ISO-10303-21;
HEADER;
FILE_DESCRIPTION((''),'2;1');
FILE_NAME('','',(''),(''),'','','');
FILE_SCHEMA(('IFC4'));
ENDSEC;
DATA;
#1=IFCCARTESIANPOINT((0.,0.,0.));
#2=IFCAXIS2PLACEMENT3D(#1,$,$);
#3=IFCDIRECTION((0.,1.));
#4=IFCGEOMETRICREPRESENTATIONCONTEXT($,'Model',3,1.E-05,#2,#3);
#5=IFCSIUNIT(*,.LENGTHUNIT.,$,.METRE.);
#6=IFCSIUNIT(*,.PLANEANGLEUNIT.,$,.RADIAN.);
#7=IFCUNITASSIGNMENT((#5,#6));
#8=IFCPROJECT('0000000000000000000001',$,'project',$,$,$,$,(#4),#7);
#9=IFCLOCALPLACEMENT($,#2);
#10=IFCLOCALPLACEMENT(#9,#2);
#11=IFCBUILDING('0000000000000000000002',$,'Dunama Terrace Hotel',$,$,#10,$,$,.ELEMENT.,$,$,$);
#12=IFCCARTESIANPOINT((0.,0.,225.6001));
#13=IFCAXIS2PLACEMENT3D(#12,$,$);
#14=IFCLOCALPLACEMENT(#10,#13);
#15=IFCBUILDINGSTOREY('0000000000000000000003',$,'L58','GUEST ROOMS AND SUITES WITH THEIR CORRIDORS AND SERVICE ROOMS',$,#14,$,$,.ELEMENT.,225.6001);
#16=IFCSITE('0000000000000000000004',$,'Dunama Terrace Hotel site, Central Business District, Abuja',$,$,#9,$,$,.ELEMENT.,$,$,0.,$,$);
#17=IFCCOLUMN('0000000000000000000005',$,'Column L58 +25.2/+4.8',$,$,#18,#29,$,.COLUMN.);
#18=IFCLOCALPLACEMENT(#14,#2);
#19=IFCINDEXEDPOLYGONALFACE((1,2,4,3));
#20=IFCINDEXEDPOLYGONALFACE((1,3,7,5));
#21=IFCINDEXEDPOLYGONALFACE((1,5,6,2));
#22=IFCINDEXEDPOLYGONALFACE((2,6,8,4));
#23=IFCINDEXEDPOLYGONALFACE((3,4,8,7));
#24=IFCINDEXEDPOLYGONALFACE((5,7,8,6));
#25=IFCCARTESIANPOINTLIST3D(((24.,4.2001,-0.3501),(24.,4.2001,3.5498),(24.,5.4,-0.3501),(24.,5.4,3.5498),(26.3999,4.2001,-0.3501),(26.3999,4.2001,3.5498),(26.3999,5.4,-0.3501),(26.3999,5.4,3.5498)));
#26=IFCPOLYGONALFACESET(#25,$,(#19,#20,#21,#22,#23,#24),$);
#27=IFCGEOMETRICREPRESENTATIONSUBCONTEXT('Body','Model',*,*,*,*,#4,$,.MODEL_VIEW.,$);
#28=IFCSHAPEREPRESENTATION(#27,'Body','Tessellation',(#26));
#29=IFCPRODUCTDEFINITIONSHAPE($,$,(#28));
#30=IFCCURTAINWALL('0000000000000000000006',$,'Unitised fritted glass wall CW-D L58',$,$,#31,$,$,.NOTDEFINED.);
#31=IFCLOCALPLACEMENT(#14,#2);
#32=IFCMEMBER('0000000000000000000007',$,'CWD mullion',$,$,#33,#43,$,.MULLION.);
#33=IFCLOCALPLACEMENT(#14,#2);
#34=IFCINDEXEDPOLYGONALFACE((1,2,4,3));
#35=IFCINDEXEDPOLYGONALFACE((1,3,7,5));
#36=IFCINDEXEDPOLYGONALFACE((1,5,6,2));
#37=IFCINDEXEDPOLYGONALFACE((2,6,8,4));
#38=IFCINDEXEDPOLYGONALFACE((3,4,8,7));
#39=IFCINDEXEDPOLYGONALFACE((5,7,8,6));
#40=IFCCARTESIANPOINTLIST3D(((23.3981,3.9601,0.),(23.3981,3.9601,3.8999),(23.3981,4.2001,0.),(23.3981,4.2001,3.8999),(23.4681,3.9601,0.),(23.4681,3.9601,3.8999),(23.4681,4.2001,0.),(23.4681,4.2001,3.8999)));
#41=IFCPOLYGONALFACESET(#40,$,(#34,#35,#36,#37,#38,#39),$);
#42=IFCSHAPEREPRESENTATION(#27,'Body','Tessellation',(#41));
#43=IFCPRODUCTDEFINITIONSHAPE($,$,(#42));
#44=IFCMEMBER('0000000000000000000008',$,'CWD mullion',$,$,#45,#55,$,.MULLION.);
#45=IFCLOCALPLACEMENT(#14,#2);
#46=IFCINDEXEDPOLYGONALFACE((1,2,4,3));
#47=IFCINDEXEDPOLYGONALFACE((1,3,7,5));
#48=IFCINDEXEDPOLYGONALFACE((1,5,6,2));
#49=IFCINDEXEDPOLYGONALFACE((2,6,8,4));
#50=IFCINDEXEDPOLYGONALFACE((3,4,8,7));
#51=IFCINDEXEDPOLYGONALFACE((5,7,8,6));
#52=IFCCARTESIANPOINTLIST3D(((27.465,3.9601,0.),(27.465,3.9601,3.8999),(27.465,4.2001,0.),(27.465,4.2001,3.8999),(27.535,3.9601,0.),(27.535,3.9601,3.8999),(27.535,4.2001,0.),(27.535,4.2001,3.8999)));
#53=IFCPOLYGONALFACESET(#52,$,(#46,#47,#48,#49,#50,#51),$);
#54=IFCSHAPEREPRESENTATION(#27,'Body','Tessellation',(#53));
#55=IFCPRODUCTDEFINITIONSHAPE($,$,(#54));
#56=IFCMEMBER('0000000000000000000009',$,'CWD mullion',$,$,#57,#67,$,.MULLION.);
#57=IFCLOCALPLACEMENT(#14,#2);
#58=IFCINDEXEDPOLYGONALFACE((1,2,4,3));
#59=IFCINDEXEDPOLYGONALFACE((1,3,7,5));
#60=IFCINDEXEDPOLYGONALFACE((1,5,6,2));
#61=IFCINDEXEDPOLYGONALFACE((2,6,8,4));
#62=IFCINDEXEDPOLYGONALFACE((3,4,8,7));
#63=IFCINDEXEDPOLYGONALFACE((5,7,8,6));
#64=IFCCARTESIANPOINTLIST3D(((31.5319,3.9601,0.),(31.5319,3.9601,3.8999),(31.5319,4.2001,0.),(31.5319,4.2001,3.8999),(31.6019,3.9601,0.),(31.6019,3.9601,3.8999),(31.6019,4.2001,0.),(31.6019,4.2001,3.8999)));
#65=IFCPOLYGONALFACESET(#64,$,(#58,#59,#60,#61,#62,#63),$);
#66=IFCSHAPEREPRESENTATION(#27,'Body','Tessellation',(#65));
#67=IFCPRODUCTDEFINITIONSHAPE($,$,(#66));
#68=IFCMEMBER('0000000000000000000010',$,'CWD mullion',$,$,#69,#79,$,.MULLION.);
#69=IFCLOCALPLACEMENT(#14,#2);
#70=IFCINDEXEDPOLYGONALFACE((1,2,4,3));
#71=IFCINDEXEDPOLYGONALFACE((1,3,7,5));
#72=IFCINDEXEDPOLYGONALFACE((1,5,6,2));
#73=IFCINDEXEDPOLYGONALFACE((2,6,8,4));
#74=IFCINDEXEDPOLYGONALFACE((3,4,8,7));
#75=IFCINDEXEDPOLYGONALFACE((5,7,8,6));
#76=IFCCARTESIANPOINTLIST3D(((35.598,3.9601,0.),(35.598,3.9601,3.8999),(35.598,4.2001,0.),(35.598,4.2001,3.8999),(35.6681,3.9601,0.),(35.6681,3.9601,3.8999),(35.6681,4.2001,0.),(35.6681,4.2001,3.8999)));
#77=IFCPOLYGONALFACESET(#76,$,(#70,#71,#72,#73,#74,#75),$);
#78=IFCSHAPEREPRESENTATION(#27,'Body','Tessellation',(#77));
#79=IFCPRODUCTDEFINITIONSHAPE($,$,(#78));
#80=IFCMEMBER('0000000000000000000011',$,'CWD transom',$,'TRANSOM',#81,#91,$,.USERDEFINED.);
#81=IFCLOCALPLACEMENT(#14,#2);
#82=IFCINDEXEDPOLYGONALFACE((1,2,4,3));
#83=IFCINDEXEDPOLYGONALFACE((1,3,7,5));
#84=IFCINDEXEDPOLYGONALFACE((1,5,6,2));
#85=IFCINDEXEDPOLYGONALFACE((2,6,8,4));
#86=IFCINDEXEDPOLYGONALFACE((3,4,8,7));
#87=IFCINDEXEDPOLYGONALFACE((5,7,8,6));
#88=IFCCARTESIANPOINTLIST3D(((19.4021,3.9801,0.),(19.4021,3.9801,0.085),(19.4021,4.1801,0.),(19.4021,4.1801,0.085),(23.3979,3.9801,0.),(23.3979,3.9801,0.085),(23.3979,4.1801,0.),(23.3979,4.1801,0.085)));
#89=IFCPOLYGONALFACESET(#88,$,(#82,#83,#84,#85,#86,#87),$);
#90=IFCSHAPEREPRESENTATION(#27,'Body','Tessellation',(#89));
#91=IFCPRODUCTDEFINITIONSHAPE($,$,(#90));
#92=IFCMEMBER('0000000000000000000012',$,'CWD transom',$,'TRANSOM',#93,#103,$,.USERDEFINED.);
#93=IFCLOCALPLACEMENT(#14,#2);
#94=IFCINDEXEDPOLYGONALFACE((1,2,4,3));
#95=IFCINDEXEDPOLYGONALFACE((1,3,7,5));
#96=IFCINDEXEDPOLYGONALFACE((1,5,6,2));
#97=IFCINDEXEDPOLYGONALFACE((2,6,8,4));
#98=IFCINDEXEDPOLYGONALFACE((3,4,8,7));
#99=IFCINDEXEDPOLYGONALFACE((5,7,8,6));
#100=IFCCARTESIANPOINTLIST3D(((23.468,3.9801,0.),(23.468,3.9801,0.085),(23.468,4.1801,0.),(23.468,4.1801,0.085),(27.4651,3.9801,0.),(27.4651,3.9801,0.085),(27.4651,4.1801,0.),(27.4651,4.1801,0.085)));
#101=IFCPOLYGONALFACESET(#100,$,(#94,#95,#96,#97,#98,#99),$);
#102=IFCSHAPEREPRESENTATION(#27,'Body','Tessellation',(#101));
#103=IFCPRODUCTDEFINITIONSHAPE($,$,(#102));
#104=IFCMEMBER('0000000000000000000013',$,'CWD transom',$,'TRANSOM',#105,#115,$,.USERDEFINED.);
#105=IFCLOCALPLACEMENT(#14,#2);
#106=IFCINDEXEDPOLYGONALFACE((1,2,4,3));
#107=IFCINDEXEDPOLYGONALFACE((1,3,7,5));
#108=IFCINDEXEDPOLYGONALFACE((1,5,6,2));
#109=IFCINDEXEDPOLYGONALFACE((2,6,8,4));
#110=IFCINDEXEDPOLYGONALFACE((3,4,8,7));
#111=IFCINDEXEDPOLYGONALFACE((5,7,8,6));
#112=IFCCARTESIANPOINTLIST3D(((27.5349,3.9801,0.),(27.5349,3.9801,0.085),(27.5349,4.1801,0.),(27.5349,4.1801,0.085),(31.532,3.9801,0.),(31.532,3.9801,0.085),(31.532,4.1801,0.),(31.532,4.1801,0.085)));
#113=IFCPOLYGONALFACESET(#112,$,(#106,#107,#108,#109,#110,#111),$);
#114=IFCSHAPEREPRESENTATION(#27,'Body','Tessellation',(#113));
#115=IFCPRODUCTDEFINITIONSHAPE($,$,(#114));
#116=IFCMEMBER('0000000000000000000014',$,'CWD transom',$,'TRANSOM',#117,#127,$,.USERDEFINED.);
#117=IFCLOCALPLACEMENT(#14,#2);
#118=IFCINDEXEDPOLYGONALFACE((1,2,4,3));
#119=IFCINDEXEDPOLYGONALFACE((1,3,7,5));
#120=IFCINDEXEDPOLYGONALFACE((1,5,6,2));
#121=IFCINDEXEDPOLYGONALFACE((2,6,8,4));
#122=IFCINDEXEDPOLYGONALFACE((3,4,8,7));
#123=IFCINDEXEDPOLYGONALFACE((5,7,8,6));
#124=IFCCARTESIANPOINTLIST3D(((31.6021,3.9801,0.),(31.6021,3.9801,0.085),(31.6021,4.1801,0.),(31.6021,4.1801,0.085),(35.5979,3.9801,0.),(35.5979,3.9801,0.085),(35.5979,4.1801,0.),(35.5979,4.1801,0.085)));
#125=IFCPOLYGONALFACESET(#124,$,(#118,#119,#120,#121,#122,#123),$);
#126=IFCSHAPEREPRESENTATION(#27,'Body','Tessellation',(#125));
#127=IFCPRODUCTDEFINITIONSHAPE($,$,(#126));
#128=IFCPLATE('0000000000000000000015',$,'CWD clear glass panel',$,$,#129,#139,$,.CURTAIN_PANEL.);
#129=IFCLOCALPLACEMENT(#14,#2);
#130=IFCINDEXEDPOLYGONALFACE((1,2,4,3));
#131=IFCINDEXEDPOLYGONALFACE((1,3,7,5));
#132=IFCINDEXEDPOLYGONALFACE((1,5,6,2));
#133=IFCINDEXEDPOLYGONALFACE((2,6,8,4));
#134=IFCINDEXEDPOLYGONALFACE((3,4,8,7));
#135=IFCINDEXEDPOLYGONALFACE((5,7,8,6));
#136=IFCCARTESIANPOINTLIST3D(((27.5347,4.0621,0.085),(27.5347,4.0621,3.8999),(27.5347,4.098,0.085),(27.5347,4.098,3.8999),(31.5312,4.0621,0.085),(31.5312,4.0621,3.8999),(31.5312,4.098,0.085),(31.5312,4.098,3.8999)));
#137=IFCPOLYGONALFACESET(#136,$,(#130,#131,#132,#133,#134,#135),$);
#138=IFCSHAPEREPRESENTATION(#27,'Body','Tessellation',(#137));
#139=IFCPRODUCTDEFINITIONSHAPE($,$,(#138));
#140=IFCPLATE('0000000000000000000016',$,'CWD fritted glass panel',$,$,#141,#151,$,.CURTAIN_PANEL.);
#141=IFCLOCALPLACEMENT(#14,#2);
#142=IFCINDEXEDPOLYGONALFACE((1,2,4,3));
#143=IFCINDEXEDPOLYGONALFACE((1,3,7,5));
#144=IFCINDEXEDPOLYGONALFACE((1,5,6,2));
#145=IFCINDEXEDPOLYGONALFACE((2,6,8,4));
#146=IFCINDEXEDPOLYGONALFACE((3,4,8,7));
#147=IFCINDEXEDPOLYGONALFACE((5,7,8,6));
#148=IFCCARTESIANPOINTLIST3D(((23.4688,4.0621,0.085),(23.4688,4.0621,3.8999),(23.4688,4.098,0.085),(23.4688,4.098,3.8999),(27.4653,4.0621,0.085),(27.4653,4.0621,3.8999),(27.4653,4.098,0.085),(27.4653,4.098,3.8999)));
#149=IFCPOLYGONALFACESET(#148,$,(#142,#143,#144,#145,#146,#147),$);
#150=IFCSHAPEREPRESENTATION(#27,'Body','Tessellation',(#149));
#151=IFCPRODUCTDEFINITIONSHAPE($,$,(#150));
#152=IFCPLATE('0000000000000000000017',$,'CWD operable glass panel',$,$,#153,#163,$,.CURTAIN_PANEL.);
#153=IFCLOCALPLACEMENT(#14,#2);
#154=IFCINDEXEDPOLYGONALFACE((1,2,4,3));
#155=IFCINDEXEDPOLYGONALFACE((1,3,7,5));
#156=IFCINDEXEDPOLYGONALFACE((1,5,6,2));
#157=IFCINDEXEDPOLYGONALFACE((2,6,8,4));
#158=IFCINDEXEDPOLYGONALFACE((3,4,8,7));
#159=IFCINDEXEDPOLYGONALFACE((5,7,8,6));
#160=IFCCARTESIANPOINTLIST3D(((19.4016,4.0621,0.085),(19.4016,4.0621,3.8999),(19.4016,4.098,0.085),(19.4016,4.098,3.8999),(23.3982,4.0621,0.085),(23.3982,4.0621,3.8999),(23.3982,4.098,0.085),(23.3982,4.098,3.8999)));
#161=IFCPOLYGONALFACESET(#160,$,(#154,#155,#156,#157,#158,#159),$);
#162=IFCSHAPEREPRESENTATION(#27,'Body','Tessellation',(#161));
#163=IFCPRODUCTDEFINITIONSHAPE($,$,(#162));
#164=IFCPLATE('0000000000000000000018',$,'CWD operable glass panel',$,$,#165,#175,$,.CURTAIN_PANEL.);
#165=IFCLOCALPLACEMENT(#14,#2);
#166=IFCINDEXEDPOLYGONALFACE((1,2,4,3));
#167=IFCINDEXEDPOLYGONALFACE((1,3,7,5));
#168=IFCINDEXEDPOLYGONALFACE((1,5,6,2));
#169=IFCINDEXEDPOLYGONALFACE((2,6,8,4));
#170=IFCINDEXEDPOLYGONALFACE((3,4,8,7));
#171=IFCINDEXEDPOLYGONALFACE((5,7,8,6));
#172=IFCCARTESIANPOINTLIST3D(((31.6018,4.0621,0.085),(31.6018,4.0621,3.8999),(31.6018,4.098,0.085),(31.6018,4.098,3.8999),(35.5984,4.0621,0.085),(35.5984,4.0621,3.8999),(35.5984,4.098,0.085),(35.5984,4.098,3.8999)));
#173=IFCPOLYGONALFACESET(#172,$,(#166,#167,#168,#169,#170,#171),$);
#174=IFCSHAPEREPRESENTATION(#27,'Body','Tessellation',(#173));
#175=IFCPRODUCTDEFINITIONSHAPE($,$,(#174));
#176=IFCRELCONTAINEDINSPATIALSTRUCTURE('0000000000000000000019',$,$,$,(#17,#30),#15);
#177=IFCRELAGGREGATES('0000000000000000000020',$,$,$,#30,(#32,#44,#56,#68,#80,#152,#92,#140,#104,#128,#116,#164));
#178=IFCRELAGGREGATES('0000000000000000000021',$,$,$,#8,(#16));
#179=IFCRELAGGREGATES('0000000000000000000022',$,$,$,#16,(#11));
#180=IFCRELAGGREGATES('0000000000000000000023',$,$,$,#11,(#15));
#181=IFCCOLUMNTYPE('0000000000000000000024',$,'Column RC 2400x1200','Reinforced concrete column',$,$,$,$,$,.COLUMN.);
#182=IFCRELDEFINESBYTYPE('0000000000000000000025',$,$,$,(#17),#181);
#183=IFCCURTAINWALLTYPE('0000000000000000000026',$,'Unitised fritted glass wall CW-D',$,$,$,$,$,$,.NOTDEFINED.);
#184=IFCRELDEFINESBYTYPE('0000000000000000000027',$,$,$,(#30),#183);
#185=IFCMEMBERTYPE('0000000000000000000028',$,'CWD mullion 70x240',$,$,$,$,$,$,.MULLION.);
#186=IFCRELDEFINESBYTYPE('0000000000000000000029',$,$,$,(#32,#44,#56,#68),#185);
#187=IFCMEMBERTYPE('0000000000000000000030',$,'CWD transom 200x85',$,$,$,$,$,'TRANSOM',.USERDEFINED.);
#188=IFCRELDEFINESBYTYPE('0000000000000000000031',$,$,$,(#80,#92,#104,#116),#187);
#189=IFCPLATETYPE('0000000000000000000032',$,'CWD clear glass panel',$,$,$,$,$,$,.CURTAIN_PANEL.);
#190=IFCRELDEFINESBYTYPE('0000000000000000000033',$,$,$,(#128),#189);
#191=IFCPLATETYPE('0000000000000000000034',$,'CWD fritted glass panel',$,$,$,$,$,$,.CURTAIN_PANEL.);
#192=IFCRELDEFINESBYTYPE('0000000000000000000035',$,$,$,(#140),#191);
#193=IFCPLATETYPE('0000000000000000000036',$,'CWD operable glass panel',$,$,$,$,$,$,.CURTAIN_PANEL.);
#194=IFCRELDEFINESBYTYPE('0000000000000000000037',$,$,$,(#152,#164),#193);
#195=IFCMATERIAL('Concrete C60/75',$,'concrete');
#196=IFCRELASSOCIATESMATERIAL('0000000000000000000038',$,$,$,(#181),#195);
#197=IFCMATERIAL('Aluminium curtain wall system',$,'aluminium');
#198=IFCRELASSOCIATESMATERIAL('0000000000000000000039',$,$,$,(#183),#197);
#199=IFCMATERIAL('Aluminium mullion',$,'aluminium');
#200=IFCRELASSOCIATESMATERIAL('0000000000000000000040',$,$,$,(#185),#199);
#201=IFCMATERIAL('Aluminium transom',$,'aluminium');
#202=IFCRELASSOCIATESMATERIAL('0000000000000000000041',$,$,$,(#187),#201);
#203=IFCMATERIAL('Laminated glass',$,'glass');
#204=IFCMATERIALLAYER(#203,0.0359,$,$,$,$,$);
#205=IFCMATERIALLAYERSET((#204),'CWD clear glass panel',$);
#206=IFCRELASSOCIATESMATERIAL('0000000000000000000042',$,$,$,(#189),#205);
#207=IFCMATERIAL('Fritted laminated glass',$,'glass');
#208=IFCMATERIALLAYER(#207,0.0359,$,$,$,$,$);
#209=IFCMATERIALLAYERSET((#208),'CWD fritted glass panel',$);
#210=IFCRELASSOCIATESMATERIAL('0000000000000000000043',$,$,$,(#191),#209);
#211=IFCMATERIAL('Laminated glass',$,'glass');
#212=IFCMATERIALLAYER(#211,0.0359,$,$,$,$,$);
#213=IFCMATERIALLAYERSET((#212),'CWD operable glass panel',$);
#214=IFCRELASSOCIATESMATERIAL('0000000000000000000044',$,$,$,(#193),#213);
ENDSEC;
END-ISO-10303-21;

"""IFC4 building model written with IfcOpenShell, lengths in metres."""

from ifc_helpers import new_model, si_unit, direction, frame, origin, origin_2d, place, context, subcontext, project, spatial, rectangle, extrude, material, layer, layer_set, material_profile, profile_set, type_object, element, aggregate, save


model = new_model("IFC4")

# Units and contexts
model_context = context("Model", 3, precision=1e-05, world=origin(), true_north=direction((0.0, 1.0)))
body_context = subcontext(model_context, "Body", "Model", "MODEL_VIEW")
ifc_project = project(units=[si_unit("LENGTHUNIT", "METRE"), si_unit("PLANEANGLEUNIT", "RADIAN")], contexts=[model_context])

# Site, building, storey
site_placement = place(None, origin())
site = spatial("IfcSite", under=ifc_project, at=site_placement, Name="Dunama Terrace Hotel site, Central Business District, Abuja", CompositionType="ELEMENT", RefElevation=0.0)
building_placement = place(site_placement, origin())
building = spatial("IfcBuilding", under=site, at=building_placement, Name="Dunama Terrace Hotel", CompositionType="ELEMENT")
storey_placement = place(building_placement, frame((0.0, 0.0, 225.6001)))
storey = spatial("IfcBuildingStorey", under=building, at=storey_placement, Name="L58", Description="GUEST ROOMS AND SUITES WITH THEIR CORRIDORS AND SERVICE ROOMS", CompositionType="ELEMENT", Elevation=225.6001)

# Column
ifc_material_1 = material(Name="Concrete C60/75", Category="concrete")
ifc_material_profile_1 = material_profile(ifc_material_1, rectangle(XDim=2.3999, YDim=1.2, at=origin_2d()), Name="RC 2400x1200")
ifc_profile_set_1 = profile_set([ifc_material_profile_1], Name="Concrete C60/75")
column_type = type_object("IfcColumnType", Name="Column RC 2400x1200", Description="Reinforced concrete column", PredefinedType="COLUMN", material=ifc_profile_set_1)
column_placement = place(storey_placement, frame((25.2, 4.8, -0.3501), z_axis=(0.0, 0.0, 1.0), x_axis=(1.0, 0.0, 0.0)))
element("IfcColumn", 1, at=column_placement, inside=storey, type_object=column_type, Name="Column L58 +25.2/+4.8", PredefinedType="COLUMN", context=body_context, shape_type="SweptSolid", body=[
    extrude(rectangle(XDim=2.3999, YDim=1.2, at=origin_2d()), origin(), (0.0, 0.0, 1.0), 3.8999),
])

# Curtain wall, members, plates
ifc_material_2 = material(Name="Aluminium curtain wall system", Category="aluminium")
curtain_wall_type = type_object("IfcCurtainWallType", Name="Unitised fritted glass wall CW-D", PredefinedType="NOTDEFINED", material=ifc_material_2)
curtain_wall_placement = place(storey_placement, origin())
curtain_wall = element("IfcCurtainWall", 2, at=curtain_wall_placement, inside=storey, type_object=curtain_wall_type, Name="Unitised fritted glass wall CW-D L58", PredefinedType="NOTDEFINED")
ifc_material_3 = material(Name="Aluminium mullion", Category="aluminium")
ifc_material_profile_2 = material_profile(ifc_material_3, rectangle(XDim=0.0701, YDim=0.24, at=origin_2d()), Name="CWD MULLION 70X240")
ifc_profile_set_2 = profile_set([ifc_material_profile_2], Name="Aluminium mullion")
member_type_1 = type_object("IfcMemberType", Name="CWD mullion 70x240", PredefinedType="MULLION", material=ifc_profile_set_2)
member_1_placement = place(storey_placement, frame((23.4331, 4.0801, 0.0), z_axis=(0.0, 0.0, 1.0), x_axis=(1.0, 0.0, 0.0)))
member_1 = element("IfcMember", 3, at=member_1_placement, type_object=member_type_1, Name="CWD mullion", PredefinedType="MULLION", context=body_context, shape_type="SweptSolid", body=[
    extrude(rectangle(XDim=0.0701, YDim=0.24, at=origin_2d()), origin(), (0.0, 0.0, 1.0), 3.8999),
])
member_2_placement = place(storey_placement, frame((27.5, 4.0801, 0.0), z_axis=(0.0, 0.0, 1.0), x_axis=(1.0, 0.0, 0.0)))
member_2 = element("IfcMember", 4, at=member_2_placement, type_object=member_type_1, Name="CWD mullion", PredefinedType="MULLION", context=body_context, shape_type="SweptSolid", body=[
    extrude(rectangle(XDim=0.0701, YDim=0.24, at=origin_2d()), origin(), (0.0, 0.0, 1.0), 3.8999),
])
member_3_placement = place(storey_placement, frame((31.5669, 4.0801, 0.0), z_axis=(0.0, 0.0, 1.0), x_axis=(1.0, 0.0, 0.0)))
member_3 = element("IfcMember", 5, at=member_3_placement, type_object=member_type_1, Name="CWD mullion", PredefinedType="MULLION", context=body_context, shape_type="SweptSolid", body=[
    extrude(rectangle(XDim=0.0701, YDim=0.24, at=origin_2d()), origin(), (0.0, 0.0, 1.0), 3.8999),
])
member_4_placement = place(storey_placement, frame((35.6331, 4.0801, 0.0), z_axis=(0.0, 0.0, 1.0), x_axis=(1.0, 0.0, 0.0)))
member_4 = element("IfcMember", 6, at=member_4_placement, type_object=member_type_1, Name="CWD mullion", PredefinedType="MULLION", context=body_context, shape_type="SweptSolid", body=[
    extrude(rectangle(XDim=0.0701, YDim=0.24, at=origin_2d()), origin(), (0.0, 0.0, 1.0), 3.8999),
])
ifc_material_4 = material(Name="Aluminium transom", Category="aluminium")
ifc_material_profile_3 = material_profile(ifc_material_4, rectangle(XDim=0.2, YDim=0.085, at=origin_2d()), Name="CWD TRANSOM 200X85")
ifc_profile_set_3 = profile_set([ifc_material_profile_3], Name="Aluminium transom")
member_type_2 = type_object("IfcMemberType", Name="CWD transom 200x85", ElementType="TRANSOM", PredefinedType="USERDEFINED", material=ifc_profile_set_3)
member_5_placement = place(storey_placement, frame((19.4021, 4.0801, 0.0425), z_axis=(1.0, 0.0, 0.0), x_axis=(0.0, 1.0, 0.0)))
member_5 = element("IfcMember", 7, at=member_5_placement, type_object=member_type_2, Name="CWD transom", ObjectType="TRANSOM", PredefinedType="USERDEFINED", context=body_context, shape_type="SweptSolid", body=[
    extrude(rectangle(XDim=0.2, YDim=0.085, at=origin_2d()), origin(), (0.0, 0.0, 1.0), 3.9958),
])
member_6_placement = place(storey_placement, frame((23.468, 4.0801, 0.0425), z_axis=(1.0, 0.0, 0.0), x_axis=(0.0, 1.0, 0.0)))
member_6 = element("IfcMember", 8, at=member_6_placement, type_object=member_type_2, Name="CWD transom", ObjectType="TRANSOM", PredefinedType="USERDEFINED", context=body_context, shape_type="SweptSolid", body=[
    extrude(rectangle(XDim=0.2, YDim=0.085, at=origin_2d()), origin(), (0.0, 0.0, 1.0), 3.9971),
])
member_7_placement = place(storey_placement, frame((27.5349, 4.0801, 0.0425), z_axis=(1.0, 0.0, 0.0), x_axis=(0.0, 1.0, 0.0)))
member_7 = element("IfcMember", 9, at=member_7_placement, type_object=member_type_2, Name="CWD transom", ObjectType="TRANSOM", PredefinedType="USERDEFINED", context=body_context, shape_type="SweptSolid", body=[
    extrude(rectangle(XDim=0.2, YDim=0.085, at=origin_2d()), origin(), (0.0, 0.0, 1.0), 3.9971),
])
member_8_placement = place(storey_placement, frame((31.6021, 4.0801, 0.0425), z_axis=(1.0, 0.0, 0.0), x_axis=(0.0, 1.0, 0.0)))
member_8 = element("IfcMember", 10, at=member_8_placement, type_object=member_type_2, Name="CWD transom", ObjectType="TRANSOM", PredefinedType="USERDEFINED", context=body_context, shape_type="SweptSolid", body=[
    extrude(rectangle(XDim=0.2, YDim=0.085, at=origin_2d()), origin(), (0.0, 0.0, 1.0), 3.9958),
])
ifc_material_5 = material(Name="Laminated glass", Category="glass")
ifc_layer_1 = layer(ifc_material_5, 0.0359)
ifc_layer_set_1 = layer_set([ifc_layer_1], Name="CWD clear glass panel")
plate_type_1 = type_object("IfcPlateType", Name="CWD clear glass panel", PredefinedType="CURTAIN_PANEL", material=ifc_layer_set_1)
plate_1_placement = place(storey_placement, frame((29.533, 4.0801, 0.085), z_axis=(0.0, 0.0, 1.0), x_axis=(1.0, 0.0, 0.0)))
plate_1 = element("IfcPlate", 11, at=plate_1_placement, type_object=plate_type_1, Name="CWD clear glass panel", PredefinedType="CURTAIN_PANEL", context=body_context, shape_type="SweptSolid", body=[
    extrude(rectangle(XDim=3.9966, YDim=0.0359, at=origin_2d()), origin(), (0.0, 0.0, 1.0), 3.8149),
])
ifc_material_6 = material(Name="Fritted laminated glass", Category="glass")
ifc_layer_2 = layer(ifc_material_6, 0.0359)
ifc_layer_set_2 = layer_set([ifc_layer_2], Name="CWD fritted glass panel")
plate_type_2 = type_object("IfcPlateType", Name="CWD fritted glass panel", PredefinedType="CURTAIN_PANEL", material=ifc_layer_set_2)
plate_2_placement = place(storey_placement, frame((25.467, 4.0801, 0.085), z_axis=(0.0, 0.0, 1.0), x_axis=(1.0, 0.0, 0.0)))
plate_2 = element("IfcPlate", 12, at=plate_2_placement, type_object=plate_type_2, Name="CWD fritted glass panel", PredefinedType="CURTAIN_PANEL", context=body_context, shape_type="SweptSolid", body=[
    extrude(rectangle(XDim=3.9966, YDim=0.0359, at=origin_2d()), origin(), (0.0, 0.0, 1.0), 3.8149),
])
ifc_material_7 = material(Name="Laminated glass", Category="glass")
ifc_layer_3 = layer(ifc_material_7, 0.0359)
ifc_layer_set_3 = layer_set([ifc_layer_3], Name="CWD operable glass panel")
plate_type_3 = type_object("IfcPlateType", Name="CWD operable glass panel", PredefinedType="CURTAIN_PANEL", material=ifc_layer_set_3)
plate_3_placement = place(storey_placement, frame((21.3999, 4.0801, 0.085), z_axis=(0.0, 0.0, 1.0), x_axis=(1.0, 0.0, 0.0)))
plate_3 = element("IfcPlate", 13, at=plate_3_placement, type_object=plate_type_3, Name="CWD operable glass panel", PredefinedType="CURTAIN_PANEL", context=body_context, shape_type="SweptSolid", body=[
    extrude(rectangle(XDim=3.9966, YDim=0.0359, at=origin_2d()), origin(), (0.0, 0.0, 1.0), 3.8149),
])
plate_4_placement = place(storey_placement, frame((33.6001, 4.0801, 0.085), z_axis=(0.0, 0.0, 1.0), x_axis=(1.0, 0.0, 0.0)))
plate_4 = element("IfcPlate", 14, at=plate_4_placement, type_object=plate_type_3, Name="CWD operable glass panel", PredefinedType="CURTAIN_PANEL", context=body_context, shape_type="SweptSolid", body=[
    extrude(rectangle(XDim=3.9966, YDim=0.0359, at=origin_2d()), origin(), (0.0, 0.0, 1.0), 3.8149),
])
aggregate(curtain_wall, [member_1, member_2, member_3, member_4, member_5, plate_3, member_6, plate_2, member_7, plate_1, member_8, plate_4])

save(model, "model.ifc")
